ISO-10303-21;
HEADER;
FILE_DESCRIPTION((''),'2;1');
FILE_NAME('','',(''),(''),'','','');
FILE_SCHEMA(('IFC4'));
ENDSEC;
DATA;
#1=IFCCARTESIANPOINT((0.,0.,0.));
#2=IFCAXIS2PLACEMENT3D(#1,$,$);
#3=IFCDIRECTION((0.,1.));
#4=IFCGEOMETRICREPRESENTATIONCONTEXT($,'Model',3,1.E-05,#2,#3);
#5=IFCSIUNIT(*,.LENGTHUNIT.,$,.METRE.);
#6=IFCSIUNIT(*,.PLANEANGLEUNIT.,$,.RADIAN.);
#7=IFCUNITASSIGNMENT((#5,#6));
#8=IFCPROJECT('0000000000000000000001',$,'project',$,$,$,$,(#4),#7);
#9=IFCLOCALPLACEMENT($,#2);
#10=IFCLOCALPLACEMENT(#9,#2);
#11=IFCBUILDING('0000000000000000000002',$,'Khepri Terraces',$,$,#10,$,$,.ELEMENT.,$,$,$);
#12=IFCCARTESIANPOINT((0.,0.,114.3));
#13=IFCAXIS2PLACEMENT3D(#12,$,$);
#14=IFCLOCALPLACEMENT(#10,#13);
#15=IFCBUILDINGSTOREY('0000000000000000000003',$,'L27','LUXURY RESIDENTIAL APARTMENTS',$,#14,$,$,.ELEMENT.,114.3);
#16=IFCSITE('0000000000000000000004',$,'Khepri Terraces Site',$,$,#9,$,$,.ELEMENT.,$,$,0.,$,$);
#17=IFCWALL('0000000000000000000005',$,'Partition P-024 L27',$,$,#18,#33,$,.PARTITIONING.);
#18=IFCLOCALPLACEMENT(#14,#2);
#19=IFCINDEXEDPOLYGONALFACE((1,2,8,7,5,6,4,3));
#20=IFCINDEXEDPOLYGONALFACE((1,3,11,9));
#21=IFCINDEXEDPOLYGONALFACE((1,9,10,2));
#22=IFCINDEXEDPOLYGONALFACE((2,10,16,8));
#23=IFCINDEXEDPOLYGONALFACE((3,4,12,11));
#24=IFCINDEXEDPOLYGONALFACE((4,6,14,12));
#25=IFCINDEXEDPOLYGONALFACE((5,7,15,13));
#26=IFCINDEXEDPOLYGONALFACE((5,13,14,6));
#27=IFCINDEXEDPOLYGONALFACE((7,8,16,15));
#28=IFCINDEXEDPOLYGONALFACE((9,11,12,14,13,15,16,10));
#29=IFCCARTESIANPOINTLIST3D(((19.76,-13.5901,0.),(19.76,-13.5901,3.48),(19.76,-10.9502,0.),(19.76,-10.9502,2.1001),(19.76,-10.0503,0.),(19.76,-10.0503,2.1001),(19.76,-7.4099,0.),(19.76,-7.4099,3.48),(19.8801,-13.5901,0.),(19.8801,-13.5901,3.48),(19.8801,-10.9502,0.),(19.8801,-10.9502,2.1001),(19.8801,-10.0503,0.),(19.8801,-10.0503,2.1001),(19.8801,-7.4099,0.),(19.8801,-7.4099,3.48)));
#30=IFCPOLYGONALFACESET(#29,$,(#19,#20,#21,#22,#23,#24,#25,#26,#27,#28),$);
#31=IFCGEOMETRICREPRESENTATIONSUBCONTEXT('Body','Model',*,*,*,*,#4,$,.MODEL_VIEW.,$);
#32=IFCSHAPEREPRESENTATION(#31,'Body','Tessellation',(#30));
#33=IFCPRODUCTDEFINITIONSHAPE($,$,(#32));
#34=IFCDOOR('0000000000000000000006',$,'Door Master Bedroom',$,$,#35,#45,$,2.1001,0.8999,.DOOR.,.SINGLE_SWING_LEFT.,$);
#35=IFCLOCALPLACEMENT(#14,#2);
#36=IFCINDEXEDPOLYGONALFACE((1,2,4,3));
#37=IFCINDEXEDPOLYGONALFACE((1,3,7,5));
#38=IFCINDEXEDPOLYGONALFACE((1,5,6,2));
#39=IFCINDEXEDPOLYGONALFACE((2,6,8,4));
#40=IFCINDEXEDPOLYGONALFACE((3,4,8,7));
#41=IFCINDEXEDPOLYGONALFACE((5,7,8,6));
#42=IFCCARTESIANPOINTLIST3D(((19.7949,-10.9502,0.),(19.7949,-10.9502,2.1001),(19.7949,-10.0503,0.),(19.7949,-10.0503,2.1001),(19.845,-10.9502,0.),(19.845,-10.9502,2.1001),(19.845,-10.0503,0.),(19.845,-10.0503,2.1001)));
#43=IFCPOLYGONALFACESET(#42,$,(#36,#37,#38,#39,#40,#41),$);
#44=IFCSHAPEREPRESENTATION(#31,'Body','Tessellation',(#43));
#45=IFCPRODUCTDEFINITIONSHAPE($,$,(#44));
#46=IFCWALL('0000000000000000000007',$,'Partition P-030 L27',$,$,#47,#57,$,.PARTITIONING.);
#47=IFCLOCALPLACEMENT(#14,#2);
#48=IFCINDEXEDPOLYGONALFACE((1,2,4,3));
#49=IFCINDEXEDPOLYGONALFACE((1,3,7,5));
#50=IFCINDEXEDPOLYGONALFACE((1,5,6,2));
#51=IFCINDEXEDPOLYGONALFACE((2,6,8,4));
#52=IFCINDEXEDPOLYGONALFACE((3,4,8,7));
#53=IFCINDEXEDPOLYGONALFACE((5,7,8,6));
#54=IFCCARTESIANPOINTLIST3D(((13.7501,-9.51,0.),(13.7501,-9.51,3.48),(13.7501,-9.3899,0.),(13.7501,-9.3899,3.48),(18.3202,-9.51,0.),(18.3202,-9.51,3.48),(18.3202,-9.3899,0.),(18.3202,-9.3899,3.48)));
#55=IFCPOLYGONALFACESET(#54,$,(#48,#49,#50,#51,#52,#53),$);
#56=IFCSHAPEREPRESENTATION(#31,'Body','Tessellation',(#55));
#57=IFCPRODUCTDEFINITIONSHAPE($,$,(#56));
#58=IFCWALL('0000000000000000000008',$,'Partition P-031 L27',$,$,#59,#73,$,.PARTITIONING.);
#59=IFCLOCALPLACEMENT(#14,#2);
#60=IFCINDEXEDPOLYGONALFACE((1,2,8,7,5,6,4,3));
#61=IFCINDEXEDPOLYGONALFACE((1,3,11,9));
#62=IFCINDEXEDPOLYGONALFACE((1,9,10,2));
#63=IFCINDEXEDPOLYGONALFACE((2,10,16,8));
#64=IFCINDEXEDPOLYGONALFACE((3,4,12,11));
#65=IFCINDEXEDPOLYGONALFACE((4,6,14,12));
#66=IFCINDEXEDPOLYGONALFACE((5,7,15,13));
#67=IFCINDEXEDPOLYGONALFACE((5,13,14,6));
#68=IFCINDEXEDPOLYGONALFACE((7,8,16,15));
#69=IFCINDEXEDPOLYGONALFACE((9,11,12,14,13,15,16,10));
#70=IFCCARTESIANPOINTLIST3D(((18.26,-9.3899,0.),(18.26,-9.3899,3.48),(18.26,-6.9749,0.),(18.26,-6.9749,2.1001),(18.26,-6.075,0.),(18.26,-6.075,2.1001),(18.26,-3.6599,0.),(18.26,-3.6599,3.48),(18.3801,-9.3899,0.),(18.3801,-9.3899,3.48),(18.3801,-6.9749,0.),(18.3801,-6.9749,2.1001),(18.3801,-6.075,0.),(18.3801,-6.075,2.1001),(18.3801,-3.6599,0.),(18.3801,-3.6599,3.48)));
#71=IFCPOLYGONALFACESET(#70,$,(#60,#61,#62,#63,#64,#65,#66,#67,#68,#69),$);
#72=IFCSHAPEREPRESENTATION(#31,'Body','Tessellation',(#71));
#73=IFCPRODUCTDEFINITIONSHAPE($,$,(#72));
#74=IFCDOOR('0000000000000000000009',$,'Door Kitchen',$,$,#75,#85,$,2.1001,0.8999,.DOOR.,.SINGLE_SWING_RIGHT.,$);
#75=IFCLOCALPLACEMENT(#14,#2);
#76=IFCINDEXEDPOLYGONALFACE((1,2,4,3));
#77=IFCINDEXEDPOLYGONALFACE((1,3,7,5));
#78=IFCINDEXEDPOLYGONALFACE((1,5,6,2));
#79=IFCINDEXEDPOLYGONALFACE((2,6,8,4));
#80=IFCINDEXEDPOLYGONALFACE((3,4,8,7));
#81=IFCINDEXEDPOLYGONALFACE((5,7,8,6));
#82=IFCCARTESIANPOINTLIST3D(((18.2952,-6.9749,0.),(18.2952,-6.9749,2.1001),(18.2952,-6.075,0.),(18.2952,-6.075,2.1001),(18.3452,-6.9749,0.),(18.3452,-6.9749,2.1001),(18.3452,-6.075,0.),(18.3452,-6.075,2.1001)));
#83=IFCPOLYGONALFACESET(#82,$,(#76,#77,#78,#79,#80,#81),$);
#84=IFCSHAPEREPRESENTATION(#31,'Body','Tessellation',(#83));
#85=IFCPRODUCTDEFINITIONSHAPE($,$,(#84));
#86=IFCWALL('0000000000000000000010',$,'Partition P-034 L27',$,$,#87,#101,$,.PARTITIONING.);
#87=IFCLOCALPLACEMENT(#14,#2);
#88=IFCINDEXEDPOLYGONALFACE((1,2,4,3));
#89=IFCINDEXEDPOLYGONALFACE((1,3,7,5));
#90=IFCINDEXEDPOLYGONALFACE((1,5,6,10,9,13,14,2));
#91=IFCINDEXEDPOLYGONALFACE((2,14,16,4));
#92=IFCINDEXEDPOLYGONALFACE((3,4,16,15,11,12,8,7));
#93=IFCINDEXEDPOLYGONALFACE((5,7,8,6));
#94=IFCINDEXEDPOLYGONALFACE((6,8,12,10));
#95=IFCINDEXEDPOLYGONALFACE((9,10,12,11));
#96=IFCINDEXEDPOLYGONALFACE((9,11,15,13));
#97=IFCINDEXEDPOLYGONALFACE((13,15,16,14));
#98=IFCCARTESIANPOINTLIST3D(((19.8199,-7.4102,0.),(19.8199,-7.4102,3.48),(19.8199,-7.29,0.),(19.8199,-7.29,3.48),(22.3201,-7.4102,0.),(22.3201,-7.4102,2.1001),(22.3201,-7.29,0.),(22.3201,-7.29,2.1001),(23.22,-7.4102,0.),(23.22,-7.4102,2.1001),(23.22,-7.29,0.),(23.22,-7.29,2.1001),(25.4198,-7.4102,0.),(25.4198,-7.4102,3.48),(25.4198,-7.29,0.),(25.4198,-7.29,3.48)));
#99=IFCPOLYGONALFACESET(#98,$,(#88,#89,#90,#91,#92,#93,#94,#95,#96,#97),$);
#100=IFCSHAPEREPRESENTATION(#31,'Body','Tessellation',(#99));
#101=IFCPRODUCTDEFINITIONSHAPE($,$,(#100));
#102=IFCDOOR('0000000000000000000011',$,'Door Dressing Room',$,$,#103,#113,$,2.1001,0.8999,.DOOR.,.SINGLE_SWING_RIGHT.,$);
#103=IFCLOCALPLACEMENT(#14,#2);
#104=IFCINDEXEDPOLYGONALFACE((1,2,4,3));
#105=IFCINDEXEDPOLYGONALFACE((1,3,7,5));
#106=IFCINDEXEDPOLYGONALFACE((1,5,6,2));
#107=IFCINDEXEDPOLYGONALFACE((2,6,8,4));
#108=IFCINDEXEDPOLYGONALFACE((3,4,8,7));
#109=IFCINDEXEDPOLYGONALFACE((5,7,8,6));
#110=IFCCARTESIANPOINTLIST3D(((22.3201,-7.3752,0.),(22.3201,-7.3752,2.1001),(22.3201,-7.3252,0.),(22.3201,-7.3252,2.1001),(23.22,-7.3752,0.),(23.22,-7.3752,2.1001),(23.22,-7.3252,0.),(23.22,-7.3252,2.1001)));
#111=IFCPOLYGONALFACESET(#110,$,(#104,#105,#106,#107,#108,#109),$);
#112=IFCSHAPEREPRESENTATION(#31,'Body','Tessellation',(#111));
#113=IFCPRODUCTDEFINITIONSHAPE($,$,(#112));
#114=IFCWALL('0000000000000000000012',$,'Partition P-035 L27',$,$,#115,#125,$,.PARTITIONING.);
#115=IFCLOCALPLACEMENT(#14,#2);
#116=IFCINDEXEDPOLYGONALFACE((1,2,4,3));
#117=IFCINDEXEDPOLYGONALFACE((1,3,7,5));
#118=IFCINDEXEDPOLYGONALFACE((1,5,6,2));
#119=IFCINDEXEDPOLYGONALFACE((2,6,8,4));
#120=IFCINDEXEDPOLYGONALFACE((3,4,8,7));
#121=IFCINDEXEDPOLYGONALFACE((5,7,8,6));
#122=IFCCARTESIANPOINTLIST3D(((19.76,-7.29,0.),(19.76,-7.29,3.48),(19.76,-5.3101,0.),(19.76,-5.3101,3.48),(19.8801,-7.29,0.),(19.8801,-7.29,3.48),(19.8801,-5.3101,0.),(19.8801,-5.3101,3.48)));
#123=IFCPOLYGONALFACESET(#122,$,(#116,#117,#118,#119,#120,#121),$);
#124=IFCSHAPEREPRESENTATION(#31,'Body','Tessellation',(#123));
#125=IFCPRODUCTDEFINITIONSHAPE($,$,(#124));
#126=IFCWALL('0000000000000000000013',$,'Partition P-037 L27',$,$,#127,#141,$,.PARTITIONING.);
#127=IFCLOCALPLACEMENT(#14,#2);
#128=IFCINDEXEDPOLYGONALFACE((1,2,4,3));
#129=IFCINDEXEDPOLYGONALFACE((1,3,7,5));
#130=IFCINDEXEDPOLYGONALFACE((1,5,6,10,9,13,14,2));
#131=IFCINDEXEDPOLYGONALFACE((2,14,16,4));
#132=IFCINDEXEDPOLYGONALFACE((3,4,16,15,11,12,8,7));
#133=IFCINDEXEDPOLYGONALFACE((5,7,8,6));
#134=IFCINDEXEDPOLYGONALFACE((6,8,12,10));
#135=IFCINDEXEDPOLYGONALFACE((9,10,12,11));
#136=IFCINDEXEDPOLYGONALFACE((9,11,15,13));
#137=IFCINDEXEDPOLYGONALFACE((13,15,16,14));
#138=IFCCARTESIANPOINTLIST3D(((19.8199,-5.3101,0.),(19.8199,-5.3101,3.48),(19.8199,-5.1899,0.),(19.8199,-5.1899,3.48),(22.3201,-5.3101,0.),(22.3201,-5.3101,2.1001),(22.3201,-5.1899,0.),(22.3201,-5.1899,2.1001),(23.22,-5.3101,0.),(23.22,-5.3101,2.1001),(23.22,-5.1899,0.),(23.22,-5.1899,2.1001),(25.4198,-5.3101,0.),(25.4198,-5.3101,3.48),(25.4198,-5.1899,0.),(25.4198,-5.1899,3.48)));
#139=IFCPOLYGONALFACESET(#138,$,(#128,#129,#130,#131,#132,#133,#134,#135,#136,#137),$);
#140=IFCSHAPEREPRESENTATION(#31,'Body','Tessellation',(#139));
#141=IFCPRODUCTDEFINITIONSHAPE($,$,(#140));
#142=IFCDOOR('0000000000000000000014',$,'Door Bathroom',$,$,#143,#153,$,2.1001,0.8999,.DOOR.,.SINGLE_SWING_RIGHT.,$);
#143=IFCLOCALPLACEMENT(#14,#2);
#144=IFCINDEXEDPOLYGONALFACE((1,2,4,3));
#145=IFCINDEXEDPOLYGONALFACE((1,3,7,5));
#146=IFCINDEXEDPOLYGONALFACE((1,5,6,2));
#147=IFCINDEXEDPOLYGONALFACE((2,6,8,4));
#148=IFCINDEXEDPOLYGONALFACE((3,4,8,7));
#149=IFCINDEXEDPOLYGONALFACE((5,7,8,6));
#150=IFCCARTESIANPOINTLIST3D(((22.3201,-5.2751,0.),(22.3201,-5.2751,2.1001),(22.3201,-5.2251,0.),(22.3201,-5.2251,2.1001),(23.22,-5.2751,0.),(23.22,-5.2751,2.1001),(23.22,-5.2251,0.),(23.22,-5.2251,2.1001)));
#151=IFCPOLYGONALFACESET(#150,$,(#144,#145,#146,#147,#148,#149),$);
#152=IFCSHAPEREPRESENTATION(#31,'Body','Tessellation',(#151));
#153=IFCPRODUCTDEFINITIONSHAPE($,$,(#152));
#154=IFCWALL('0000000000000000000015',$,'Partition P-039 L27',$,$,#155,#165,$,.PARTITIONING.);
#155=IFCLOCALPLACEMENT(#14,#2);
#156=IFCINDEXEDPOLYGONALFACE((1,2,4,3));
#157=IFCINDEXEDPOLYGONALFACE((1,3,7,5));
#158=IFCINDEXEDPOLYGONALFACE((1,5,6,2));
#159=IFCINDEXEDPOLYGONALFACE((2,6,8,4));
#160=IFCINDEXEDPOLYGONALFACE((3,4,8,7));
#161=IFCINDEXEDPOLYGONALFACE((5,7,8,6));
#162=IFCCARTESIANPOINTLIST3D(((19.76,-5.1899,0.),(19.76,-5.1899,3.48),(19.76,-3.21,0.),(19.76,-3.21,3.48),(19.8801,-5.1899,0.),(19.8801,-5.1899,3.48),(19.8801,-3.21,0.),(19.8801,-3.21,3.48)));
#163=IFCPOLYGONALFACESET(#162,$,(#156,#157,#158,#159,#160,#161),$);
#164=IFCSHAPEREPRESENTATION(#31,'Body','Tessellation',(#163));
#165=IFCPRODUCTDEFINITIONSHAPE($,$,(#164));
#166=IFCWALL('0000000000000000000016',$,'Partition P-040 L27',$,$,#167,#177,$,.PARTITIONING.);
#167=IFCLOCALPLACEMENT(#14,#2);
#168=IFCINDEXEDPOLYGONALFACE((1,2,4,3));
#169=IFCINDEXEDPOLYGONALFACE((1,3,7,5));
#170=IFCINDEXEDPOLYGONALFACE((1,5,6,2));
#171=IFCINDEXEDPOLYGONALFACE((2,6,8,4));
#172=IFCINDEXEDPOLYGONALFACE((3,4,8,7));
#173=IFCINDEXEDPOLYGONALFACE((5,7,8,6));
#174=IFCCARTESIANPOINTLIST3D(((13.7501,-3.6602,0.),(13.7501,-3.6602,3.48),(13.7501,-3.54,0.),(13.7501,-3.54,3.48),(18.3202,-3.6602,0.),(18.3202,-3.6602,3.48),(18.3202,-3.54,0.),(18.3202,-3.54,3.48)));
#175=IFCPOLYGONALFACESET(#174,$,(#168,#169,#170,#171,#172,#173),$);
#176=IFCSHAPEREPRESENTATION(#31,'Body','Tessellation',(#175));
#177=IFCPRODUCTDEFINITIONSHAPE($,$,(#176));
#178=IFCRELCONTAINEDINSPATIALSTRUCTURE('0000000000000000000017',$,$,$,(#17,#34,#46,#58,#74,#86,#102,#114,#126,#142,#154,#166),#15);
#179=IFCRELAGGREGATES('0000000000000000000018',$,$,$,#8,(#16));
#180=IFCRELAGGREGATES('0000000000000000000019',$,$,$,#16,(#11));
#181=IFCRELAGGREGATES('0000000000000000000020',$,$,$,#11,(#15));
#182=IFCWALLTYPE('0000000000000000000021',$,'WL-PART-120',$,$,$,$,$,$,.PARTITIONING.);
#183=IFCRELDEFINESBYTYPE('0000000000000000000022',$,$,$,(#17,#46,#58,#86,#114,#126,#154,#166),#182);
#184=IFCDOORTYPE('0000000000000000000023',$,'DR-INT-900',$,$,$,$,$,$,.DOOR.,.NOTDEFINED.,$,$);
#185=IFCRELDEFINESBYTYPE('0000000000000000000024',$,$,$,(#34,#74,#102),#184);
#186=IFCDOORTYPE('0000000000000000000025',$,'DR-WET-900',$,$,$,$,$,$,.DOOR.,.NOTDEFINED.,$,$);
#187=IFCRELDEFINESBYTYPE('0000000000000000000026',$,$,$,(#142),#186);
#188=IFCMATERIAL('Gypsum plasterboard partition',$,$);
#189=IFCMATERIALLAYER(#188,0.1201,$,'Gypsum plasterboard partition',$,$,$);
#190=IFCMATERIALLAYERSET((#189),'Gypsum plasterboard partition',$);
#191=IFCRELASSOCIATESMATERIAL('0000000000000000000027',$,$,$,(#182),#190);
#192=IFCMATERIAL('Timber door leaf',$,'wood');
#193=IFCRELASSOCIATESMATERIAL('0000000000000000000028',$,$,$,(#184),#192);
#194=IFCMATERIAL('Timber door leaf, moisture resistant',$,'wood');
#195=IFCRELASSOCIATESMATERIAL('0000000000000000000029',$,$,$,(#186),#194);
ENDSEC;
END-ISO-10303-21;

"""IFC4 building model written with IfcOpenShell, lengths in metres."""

from ifc_helpers import new_model, si_unit, direction, frame, frame_2d, origin, place, context, subcontext, project, spatial, rectangle, extrude, material, layer, layer_set, type_object, element, fill, save


model = new_model("IFC4")

# Units and contexts
model_context = context("Model", 3, precision=1e-05, world=origin(), true_north=direction((0.0, 1.0)))
body_context = subcontext(model_context, "Body", "Model", "MODEL_VIEW")
ifc_project = project(units=[si_unit("LENGTHUNIT", "METRE"), si_unit("PLANEANGLEUNIT", "RADIAN")], contexts=[model_context])

# Site, building, storey
site_placement = place(None, origin())
site = spatial("IfcSite", under=ifc_project, at=site_placement, Name="Khepri Terraces Site", CompositionType="ELEMENT", RefElevation=0.0)
building_placement = place(site_placement, origin())
building = spatial("IfcBuilding", under=site, at=building_placement, Name="Khepri Terraces", CompositionType="ELEMENT")
storey_placement = place(building_placement, frame((0.0, 0.0, 114.3)))
storey = spatial("IfcBuildingStorey", under=building, at=storey_placement, Name="L27", Description="LUXURY RESIDENTIAL APARTMENTS", CompositionType="ELEMENT", Elevation=114.3)

# Shared definitions
ifc_material_1 = material(Name="Gypsum plasterboard partition")
ifc_layer_1 = layer(ifc_material_1, 0.1201, Name="Gypsum plasterboard partition")
ifc_layer_set_1 = layer_set([ifc_layer_1], Name="Gypsum plasterboard partition")
wall_type_1 = type_object("IfcWallType", Name="WL-PART-120", PredefinedType="PARTITIONING", material=ifc_layer_set_1)

# Wall, opening, door
wall_1_placement = place(storey_placement, frame((19.8201, -13.5901, 0.0), z_axis=(0.0, 0.0, 1.0), x_axis=(0.0, 1.0, 0.0)))
wall_1 = element("IfcWall", 1, at=wall_1_placement, inside=storey, type_object=wall_type_1, Name="Partition P-024 L27", PredefinedType="PARTITIONING", context=body_context, shape_type="SweptSolid", body=[
    extrude(rectangle(XDim=6.1802, YDim=0.1201, at=frame_2d((3.0901, 0.0))), origin(), (0.0, 0.0, 1.0), 3.48),
])
opening_1_placement = place(wall_1_placement, frame((2.6399, 0.0, 0.0)))
opening_1 = element("IfcOpeningElement", 2, at=opening_1_placement, cuts=wall_1, PredefinedType="OPENING", context=body_context, shape_type="SweptSolid", body=[
    extrude(rectangle(XDim=0.8999, YDim=2.1001, at=frame_2d((0.45, 1.05))), frame((0.0, 0.0701, 0.0), z_axis=(0.0, -1.0, 0.0), x_axis=(1.0, 0.0, 0.0)), (0.0, 0.0, 1.0), 0.1401),
])
ifc_material_2 = material(Name="Timber door leaf", Category="wood")
door_type_1 = type_object("IfcDoorType", Name="DR-INT-900", OperationType="NOTDEFINED", PredefinedType="DOOR", material=ifc_material_2)
door_1_placement = place(opening_1_placement, frame((0.8999, 0.0, 0.0), z_axis=(0.0, 0.0, 1.0), x_axis=(-1.0, 0.0, 0.0)))
door_1 = element("IfcDoor", 3, at=door_1_placement, inside=storey, type_object=door_type_1, Name="Door Master Bedroom", OperationType="SINGLE_SWING_LEFT", OverallHeight=2.1001, OverallWidth=0.8999, PredefinedType="DOOR", context=body_context, shape_type="SweptSolid", body=[
    extrude(rectangle(XDim=0.8999, YDim=2.1001, at=frame_2d((0.45, 1.05))), frame((0.0, 0.0249, 0.0), z_axis=(0.0, -1.0, 0.0), x_axis=(1.0, 0.0, 0.0)), (0.0, 0.0, 1.0), 0.05),
])
fill(opening_1, door_1)

# Wall
wall_2_placement = place(storey_placement, frame((13.75, -9.45, 0.0), z_axis=(0.0, 0.0, 1.0), x_axis=(1.0, 0.0, 0.0)))
element("IfcWall", 4, at=wall_2_placement, inside=storey, type_object=wall_type_1, Name="Partition P-030 L27", PredefinedType="PARTITIONING", context=body_context, shape_type="SweptSolid", body=[
    extrude(rectangle(XDim=4.5701, YDim=0.1201, at=frame_2d((2.2852, 0.0))), origin(), (0.0, 0.0, 1.0), 3.48),
])

# Walls, openings, doors
wall_3_placement = place(storey_placement, frame((18.3201, -9.3899, 0.0), z_axis=(0.0, 0.0, 1.0), x_axis=(0.0, 1.0, 0.0)))
wall_3 = element("IfcWall", 5, at=wall_3_placement, inside=storey, type_object=wall_type_1, Name="Partition P-031 L27", PredefinedType="PARTITIONING", context=body_context, shape_type="SweptSolid", body=[
    extrude(rectangle(XDim=5.73, YDim=0.1201, at=frame_2d((2.865, 0.0))), origin(), (0.0, 0.0, 1.0), 3.48),
])
opening_2_placement = place(wall_3_placement, frame((2.415, 0.0, 0.0)))
opening_2 = element("IfcOpeningElement", 6, at=opening_2_placement, cuts=wall_3, PredefinedType="OPENING", context=body_context, shape_type="SweptSolid", body=[
    extrude(rectangle(XDim=0.8999, YDim=2.1001, at=frame_2d((0.45, 1.05))), frame((0.0, 0.0701, 0.0), z_axis=(0.0, -1.0, 0.0), x_axis=(1.0, 0.0, 0.0)), (0.0, 0.0, 1.0), 0.1401),
])
door_2_placement = place(opening_2_placement, origin())
door_2 = element("IfcDoor", 7, at=door_2_placement, inside=storey, type_object=door_type_1, Name="Door Kitchen", OperationType="SINGLE_SWING_RIGHT", OverallHeight=2.1001, OverallWidth=0.8999, PredefinedType="DOOR", context=body_context, shape_type="SweptSolid", body=[
    extrude(rectangle(XDim=0.8999, YDim=2.1001, at=frame_2d((0.45, 1.05))), frame((0.0, 0.0249, 0.0), z_axis=(0.0, -1.0, 0.0), x_axis=(1.0, 0.0, 0.0)), (0.0, 0.0, 1.0), 0.05),
])
fill(opening_2, door_2)
wall_4_placement = place(storey_placement, frame((19.8201, -7.3501, 0.0), z_axis=(0.0, 0.0, 1.0), x_axis=(1.0, 0.0, 0.0)))
wall_4 = element("IfcWall", 8, at=wall_4_placement, inside=storey, type_object=wall_type_1, Name="Partition P-034 L27", PredefinedType="PARTITIONING", context=body_context, shape_type="SweptSolid", body=[
    extrude(rectangle(XDim=5.5999, YDim=0.1201, at=frame_2d((2.7998, 0.0))), origin(), (0.0, 0.0, 1.0), 3.48),
])
opening_3_placement = place(wall_4_placement, frame((2.5, 0.0, 0.0)))
opening_3 = element("IfcOpeningElement", 9, at=opening_3_placement, cuts=wall_4, PredefinedType="OPENING", context=body_context, shape_type="SweptSolid", body=[
    extrude(rectangle(XDim=0.8999, YDim=2.1001, at=frame_2d((0.45, 1.05))), frame((0.0, 0.0701, 0.0), z_axis=(0.0, -1.0, 0.0), x_axis=(1.0, 0.0, 0.0)), (0.0, 0.0, 1.0), 0.1401),
])
door_3_placement = place(opening_3_placement, origin())
door_3 = element("IfcDoor", 10, at=door_3_placement, inside=storey, type_object=door_type_1, Name="Door Dressing Room", OperationType="SINGLE_SWING_RIGHT", OverallHeight=2.1001, OverallWidth=0.8999, PredefinedType="DOOR", context=body_context, shape_type="SweptSolid", body=[
    extrude(rectangle(XDim=0.8999, YDim=2.1001, at=frame_2d((0.45, 1.05))), frame((0.0, 0.0249, 0.0), z_axis=(0.0, -1.0, 0.0), x_axis=(1.0, 0.0, 0.0)), (0.0, 0.0, 1.0), 0.05),
])
fill(opening_3, door_3)

# Wall
wall_5_placement = place(storey_placement, frame((19.8201, -7.29, 0.0), z_axis=(0.0, 0.0, 1.0), x_axis=(0.0, 1.0, 0.0)))
element("IfcWall", 11, at=wall_5_placement, inside=storey, type_object=wall_type_1, Name="Partition P-035 L27", PredefinedType="PARTITIONING", context=body_context, shape_type="SweptSolid", body=[
    extrude(rectangle(XDim=1.98, YDim=0.1201, at=frame_2d((0.99, 0.0))), origin(), (0.0, 0.0, 1.0), 3.48),
])

# Wall, opening, door
wall_6_placement = place(storey_placement, frame((19.8201, -5.25, 0.0), z_axis=(0.0, 0.0, 1.0), x_axis=(1.0, 0.0, 0.0)))
wall_6 = element("IfcWall", 12, at=wall_6_placement, inside=storey, type_object=wall_type_1, Name="Partition P-037 L27", PredefinedType="PARTITIONING", context=body_context, shape_type="SweptSolid", body=[
    extrude(rectangle(XDim=5.5999, YDim=0.1201, at=frame_2d((2.7998, 0.0))), origin(), (0.0, 0.0, 1.0), 3.48),
])
opening_4_placement = place(wall_6_placement, frame((2.5, 0.0, 0.0)))
opening_4 = element("IfcOpeningElement", 13, at=opening_4_placement, cuts=wall_6, PredefinedType="OPENING", context=body_context, shape_type="SweptSolid", body=[
    extrude(rectangle(XDim=0.8999, YDim=2.1001, at=frame_2d((0.45, 1.05))), frame((0.0, 0.0701, 0.0), z_axis=(0.0, -1.0, 0.0), x_axis=(1.0, 0.0, 0.0)), (0.0, 0.0, 1.0), 0.1401),
])
ifc_material_3 = material(Name="Timber door leaf, moisture resistant", Category="wood")
door_type_2 = type_object("IfcDoorType", Name="DR-WET-900", OperationType="NOTDEFINED", PredefinedType="DOOR", material=ifc_material_3)
door_4_placement = place(opening_4_placement, origin())
door_4 = element("IfcDoor", 14, at=door_4_placement, inside=storey, type_object=door_type_2, Name="Door Bathroom", OperationType="SINGLE_SWING_RIGHT", OverallHeight=2.1001, OverallWidth=0.8999, PredefinedType="DOOR", context=body_context, shape_type="SweptSolid", body=[
    extrude(rectangle(XDim=0.8999, YDim=2.1001, at=frame_2d((0.45, 1.05))), frame((0.0, 0.0249, 0.0), z_axis=(0.0, -1.0, 0.0), x_axis=(1.0, 0.0, 0.0)), (0.0, 0.0, 1.0), 0.05),
])
fill(opening_4, door_4)

# Walls
wall_7_placement = place(storey_placement, frame((19.8201, -5.1899, 0.0), z_axis=(0.0, 0.0, 1.0), x_axis=(0.0, 1.0, 0.0)))
element("IfcWall", 15, at=wall_7_placement, inside=storey, type_object=wall_type_1, Name="Partition P-039 L27", PredefinedType="PARTITIONING", context=body_context, shape_type="SweptSolid", body=[
    extrude(rectangle(XDim=1.98, YDim=0.1201, at=frame_2d((0.99, 0.0))), origin(), (0.0, 0.0, 1.0), 3.48),
])
wall_8_placement = place(storey_placement, frame((13.75, -3.6001, 0.0), z_axis=(0.0, 0.0, 1.0), x_axis=(1.0, 0.0, 0.0)))
element("IfcWall", 16, at=wall_8_placement, inside=storey, type_object=wall_type_1, Name="Partition P-040 L27", PredefinedType="PARTITIONING", context=body_context, shape_type="SweptSolid", body=[
    extrude(rectangle(XDim=4.5701, YDim=0.1201, at=frame_2d((2.2852, 0.0))), origin(), (0.0, 0.0, 1.0), 3.48),
])

save(model, "model.ifc")
